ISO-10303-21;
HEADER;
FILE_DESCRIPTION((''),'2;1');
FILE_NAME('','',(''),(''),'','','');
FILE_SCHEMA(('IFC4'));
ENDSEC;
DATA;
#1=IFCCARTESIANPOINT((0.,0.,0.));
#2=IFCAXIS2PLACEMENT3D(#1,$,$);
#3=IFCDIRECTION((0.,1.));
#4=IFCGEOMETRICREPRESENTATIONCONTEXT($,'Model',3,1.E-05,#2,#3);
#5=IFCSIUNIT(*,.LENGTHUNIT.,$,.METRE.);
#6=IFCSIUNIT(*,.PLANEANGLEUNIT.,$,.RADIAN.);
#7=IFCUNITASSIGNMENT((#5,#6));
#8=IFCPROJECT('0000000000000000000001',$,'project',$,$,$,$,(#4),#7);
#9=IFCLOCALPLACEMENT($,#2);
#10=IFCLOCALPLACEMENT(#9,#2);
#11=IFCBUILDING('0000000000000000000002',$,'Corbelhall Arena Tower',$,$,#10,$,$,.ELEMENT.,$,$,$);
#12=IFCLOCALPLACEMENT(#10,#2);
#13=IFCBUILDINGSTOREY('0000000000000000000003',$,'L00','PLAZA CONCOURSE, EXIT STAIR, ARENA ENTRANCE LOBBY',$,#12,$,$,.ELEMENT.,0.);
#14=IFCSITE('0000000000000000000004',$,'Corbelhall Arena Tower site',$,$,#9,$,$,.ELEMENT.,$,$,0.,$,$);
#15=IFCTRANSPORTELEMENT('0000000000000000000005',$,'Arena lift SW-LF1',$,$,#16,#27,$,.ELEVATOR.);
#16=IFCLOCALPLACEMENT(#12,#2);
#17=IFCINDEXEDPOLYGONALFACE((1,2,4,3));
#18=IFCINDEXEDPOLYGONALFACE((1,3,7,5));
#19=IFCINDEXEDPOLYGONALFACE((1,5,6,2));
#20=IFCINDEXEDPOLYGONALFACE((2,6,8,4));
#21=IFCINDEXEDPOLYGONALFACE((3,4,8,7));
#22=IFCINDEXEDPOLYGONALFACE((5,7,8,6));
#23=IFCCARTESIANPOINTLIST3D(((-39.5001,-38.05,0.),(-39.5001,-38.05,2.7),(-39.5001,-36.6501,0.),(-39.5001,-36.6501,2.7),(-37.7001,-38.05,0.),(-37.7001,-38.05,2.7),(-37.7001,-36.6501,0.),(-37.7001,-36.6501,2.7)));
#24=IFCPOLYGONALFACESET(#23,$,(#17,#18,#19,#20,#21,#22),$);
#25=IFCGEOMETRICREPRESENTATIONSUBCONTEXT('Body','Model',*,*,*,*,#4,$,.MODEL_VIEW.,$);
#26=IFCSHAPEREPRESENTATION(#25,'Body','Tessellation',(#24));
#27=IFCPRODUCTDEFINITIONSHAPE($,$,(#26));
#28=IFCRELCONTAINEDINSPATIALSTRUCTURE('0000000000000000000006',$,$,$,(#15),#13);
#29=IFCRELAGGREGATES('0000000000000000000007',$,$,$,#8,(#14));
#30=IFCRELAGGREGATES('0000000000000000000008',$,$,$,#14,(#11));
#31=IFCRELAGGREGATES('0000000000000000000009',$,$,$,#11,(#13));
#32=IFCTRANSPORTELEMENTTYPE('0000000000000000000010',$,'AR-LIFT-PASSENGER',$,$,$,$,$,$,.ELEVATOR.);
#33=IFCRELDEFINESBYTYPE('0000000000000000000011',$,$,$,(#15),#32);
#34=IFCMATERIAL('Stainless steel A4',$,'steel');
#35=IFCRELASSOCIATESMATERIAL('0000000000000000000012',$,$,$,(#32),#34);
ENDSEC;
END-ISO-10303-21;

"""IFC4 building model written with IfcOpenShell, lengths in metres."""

from ifc_helpers import new_model, si_unit, direction, frame, origin, origin_2d, place, context, subcontext, project, spatial, rectangle, extrude, material, type_object, element, save


model = new_model("IFC4")

# Units and contexts
model_context = context("Model", 3, precision=1e-05, world=origin(), true_north=direction((0.0, 1.0)))
body_context = subcontext(model_context, "Body", "Model", "MODEL_VIEW")
ifc_project = project(units=[si_unit("LENGTHUNIT", "METRE"), si_unit("PLANEANGLEUNIT", "RADIAN")], contexts=[model_context])

# Site, building, storey
site_placement = place(None, origin())
site = spatial("IfcSite", under=ifc_project, at=site_placement, Name="Corbelhall Arena Tower site", CompositionType="ELEMENT", RefElevation=0.0)
building_placement = place(site_placement, origin())
building = spatial("IfcBuilding", under=site, at=building_placement, Name="Corbelhall Arena Tower", CompositionType="ELEMENT")
storey_placement = place(building_placement, origin())
storey = spatial("IfcBuildingStorey", under=building, at=storey_placement, Name="L00", Description="PLAZA CONCOURSE, EXIT STAIR, ARENA ENTRANCE LOBBY", CompositionType="ELEMENT", Elevation=0.0)

# Shared definitions
ifc_material_1 = material(Name="Stainless steel A4", Category="steel")

# Transport element
transport_element_type_1 = type_object("IfcTransportElementType", Name="AR-LIFT-PASSENGER", PredefinedType="ELEVATOR", material=ifc_material_1)
transport_element_placement = place(storey_placement, frame((-38.6001, -37.3501, 0.0), z_axis=(0.0, 0.0, 1.0), x_axis=(1.0, 0.0, 0.0)))
element("IfcTransportElement", 1, at=transport_element_placement, inside=storey, type_object=transport_element_type_1, Name="Arena lift SW-LF1", PredefinedType="ELEVATOR", context=body_context, shape_type="SweptSolid", body=[
    extrude(rectangle(XDim=1.8, YDim=1.3999, at=origin_2d()), origin(), (0.0, 0.0, 1.0), 2.7),
])

save(model, "model.ifc")
